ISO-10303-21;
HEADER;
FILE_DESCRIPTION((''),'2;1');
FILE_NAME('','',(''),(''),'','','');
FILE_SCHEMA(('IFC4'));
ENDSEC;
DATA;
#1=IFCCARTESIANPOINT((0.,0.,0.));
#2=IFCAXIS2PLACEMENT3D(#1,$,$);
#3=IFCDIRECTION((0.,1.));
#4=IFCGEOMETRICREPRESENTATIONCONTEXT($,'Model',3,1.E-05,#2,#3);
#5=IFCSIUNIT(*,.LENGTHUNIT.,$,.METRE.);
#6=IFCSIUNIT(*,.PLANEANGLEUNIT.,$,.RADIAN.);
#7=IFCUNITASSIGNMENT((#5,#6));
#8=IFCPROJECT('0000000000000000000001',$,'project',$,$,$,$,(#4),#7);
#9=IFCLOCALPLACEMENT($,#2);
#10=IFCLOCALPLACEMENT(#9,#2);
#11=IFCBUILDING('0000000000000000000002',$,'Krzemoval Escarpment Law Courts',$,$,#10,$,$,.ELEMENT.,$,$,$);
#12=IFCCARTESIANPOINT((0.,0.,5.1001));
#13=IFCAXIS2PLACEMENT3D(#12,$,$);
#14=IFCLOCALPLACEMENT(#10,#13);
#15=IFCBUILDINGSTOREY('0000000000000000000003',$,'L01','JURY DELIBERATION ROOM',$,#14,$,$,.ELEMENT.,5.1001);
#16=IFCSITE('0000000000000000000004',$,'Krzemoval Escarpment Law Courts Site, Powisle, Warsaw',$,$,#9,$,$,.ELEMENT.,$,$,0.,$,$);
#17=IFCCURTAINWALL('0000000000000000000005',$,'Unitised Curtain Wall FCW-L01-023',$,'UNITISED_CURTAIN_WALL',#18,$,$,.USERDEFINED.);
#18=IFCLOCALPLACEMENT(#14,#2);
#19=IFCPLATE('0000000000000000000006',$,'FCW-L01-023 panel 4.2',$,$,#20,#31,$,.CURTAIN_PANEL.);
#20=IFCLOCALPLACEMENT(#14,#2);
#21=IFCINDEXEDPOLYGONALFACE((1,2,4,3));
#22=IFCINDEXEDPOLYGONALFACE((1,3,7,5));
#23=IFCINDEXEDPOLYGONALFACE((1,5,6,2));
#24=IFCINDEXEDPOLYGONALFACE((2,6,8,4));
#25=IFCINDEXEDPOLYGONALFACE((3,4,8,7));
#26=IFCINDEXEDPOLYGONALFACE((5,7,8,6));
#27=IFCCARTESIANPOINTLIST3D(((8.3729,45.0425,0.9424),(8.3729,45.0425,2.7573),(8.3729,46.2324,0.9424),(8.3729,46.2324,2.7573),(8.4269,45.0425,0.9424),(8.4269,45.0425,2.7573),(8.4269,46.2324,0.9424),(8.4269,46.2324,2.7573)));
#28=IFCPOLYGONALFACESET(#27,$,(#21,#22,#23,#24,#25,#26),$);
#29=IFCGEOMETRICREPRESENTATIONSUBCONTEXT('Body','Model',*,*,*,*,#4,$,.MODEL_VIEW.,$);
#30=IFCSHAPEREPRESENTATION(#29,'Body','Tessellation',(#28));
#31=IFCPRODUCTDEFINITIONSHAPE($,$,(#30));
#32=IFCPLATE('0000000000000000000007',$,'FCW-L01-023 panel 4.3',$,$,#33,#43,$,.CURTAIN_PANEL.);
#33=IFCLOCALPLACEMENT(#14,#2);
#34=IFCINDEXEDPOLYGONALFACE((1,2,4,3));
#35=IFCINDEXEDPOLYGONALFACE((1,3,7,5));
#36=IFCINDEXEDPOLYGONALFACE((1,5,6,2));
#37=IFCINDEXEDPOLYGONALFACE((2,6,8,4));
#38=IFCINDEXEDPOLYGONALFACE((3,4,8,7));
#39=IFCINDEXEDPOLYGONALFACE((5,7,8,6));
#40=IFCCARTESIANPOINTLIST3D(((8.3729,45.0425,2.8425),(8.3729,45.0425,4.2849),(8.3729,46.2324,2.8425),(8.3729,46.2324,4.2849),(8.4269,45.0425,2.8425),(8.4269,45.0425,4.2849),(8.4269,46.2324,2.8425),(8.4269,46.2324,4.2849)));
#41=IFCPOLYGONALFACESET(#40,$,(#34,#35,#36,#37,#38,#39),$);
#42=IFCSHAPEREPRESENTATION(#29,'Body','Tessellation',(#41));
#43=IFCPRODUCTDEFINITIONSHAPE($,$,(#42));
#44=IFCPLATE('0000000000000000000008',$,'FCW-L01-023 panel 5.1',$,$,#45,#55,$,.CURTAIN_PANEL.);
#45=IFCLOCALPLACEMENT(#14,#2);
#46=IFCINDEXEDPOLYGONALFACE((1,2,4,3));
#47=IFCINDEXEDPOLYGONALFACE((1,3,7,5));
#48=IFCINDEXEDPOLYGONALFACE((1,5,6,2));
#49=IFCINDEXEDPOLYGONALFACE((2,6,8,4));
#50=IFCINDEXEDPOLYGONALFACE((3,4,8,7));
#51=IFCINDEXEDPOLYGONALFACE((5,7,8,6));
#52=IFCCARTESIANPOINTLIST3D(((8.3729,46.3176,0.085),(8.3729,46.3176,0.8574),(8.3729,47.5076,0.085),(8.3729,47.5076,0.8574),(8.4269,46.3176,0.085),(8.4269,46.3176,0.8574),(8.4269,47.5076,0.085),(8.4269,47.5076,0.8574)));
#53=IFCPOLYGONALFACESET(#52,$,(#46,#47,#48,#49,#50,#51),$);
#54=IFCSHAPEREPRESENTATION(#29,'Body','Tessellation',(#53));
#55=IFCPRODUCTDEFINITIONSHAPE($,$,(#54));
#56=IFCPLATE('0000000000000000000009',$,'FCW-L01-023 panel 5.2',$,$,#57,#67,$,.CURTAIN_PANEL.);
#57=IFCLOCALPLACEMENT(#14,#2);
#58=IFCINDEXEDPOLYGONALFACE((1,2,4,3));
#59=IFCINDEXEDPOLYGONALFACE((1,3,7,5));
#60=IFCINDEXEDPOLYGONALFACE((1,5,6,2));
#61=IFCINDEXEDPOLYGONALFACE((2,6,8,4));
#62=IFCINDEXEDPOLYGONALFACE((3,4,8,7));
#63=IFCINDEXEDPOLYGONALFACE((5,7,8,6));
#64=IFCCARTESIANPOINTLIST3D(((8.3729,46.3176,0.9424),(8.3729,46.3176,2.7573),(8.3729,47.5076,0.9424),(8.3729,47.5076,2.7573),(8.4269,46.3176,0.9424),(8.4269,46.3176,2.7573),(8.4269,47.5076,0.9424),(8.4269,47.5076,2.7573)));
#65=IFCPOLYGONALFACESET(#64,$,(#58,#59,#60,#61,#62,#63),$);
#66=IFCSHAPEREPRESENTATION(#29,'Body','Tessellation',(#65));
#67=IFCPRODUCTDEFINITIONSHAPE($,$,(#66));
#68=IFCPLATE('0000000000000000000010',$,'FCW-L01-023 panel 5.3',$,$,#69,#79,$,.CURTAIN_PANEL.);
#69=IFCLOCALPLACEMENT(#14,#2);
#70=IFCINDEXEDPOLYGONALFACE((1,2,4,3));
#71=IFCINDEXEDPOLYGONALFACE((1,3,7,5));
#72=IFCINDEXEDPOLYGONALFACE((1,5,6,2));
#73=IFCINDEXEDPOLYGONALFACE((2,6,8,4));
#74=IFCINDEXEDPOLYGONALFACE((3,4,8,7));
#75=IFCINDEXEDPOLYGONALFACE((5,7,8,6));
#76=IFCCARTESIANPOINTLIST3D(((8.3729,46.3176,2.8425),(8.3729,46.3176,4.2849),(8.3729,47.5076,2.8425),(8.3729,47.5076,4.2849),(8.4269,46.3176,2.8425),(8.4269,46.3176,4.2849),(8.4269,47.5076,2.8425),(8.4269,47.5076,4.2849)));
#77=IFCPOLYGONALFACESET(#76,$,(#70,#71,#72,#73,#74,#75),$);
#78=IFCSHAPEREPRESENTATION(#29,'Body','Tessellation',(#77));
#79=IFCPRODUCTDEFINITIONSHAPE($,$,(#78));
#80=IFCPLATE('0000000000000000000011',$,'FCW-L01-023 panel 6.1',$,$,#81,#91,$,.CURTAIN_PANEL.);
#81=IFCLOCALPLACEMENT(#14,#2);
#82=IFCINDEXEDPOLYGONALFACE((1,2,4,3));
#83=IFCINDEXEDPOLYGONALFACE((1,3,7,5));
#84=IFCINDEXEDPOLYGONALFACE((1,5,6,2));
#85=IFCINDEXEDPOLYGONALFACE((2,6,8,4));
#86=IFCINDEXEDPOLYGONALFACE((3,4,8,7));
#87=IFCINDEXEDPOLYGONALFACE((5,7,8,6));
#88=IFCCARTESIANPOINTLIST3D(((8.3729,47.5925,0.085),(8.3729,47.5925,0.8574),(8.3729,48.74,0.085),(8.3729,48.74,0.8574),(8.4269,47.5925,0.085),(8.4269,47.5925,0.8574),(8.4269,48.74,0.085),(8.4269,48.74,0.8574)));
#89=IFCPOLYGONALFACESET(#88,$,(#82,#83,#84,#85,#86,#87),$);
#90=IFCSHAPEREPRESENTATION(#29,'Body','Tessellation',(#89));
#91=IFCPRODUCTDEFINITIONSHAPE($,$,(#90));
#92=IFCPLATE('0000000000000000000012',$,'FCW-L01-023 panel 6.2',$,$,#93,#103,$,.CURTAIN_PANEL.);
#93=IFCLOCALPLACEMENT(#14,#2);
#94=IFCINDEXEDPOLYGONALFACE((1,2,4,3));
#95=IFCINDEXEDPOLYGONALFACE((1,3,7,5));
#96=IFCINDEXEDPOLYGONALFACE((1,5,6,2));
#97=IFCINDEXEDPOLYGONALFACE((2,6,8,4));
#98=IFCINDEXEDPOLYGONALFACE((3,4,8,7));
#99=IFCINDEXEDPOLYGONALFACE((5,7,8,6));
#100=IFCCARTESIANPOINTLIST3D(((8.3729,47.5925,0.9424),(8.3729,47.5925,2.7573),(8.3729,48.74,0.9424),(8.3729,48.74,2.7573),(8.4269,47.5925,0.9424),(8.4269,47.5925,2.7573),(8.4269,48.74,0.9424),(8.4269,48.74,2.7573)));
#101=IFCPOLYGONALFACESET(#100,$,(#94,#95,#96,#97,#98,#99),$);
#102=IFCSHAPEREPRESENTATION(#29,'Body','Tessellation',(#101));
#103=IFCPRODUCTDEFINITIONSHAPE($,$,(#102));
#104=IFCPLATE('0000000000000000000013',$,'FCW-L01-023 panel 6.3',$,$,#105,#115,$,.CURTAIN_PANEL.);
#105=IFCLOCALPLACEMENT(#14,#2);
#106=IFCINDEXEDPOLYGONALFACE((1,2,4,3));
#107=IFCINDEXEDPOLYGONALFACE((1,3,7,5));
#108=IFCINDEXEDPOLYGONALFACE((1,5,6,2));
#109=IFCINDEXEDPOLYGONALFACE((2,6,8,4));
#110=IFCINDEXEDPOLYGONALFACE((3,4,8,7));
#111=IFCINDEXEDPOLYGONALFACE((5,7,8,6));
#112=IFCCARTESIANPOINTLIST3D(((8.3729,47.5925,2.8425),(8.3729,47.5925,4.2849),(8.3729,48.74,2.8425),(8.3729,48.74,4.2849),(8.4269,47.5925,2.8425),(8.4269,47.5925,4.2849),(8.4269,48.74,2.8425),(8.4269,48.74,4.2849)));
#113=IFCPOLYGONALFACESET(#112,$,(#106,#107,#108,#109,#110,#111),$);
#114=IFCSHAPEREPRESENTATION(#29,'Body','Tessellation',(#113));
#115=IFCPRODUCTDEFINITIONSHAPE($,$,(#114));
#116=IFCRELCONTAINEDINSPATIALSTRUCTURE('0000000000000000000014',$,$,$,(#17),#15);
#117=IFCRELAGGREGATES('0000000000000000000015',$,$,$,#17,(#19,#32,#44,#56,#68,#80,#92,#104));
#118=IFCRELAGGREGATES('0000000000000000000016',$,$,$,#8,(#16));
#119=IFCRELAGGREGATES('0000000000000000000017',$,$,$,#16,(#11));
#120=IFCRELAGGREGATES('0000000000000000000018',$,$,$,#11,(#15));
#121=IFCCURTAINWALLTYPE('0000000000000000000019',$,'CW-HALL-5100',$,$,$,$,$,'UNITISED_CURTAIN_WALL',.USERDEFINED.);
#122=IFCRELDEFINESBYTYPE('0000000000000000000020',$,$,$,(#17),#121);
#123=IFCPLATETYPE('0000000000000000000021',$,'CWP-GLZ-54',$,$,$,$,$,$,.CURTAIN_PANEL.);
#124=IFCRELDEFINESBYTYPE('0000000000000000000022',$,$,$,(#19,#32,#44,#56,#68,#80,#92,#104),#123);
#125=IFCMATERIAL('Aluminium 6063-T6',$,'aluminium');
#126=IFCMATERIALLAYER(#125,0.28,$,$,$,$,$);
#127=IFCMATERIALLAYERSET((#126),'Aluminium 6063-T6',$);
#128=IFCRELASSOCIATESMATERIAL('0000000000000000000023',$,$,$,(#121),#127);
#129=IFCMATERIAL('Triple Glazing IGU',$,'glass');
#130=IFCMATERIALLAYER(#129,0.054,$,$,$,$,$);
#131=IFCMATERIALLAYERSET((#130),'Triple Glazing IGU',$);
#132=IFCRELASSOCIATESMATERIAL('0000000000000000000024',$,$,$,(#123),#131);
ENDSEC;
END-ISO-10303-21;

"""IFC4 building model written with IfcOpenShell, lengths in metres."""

from ifc_helpers import new_model, si_unit, direction, frame, origin, origin_2d, place, context, subcontext, project, spatial, rectangle, extrude, material, layer, layer_set, type_object, element, aggregate, save


model = new_model("IFC4")

# Units and contexts
model_context = context("Model", 3, precision=1e-05, world=origin(), true_north=direction((0.0, 1.0)))
body_context = subcontext(model_context, "Body", "Model", "MODEL_VIEW")
ifc_project = project(units=[si_unit("LENGTHUNIT", "METRE"), si_unit("PLANEANGLEUNIT", "RADIAN")], contexts=[model_context])

# Site, building, storey
site_placement = place(None, origin())
site = spatial("IfcSite", under=ifc_project, at=site_placement, Name="Krzemoval Escarpment Law Courts Site, Powisle, Warsaw", CompositionType="ELEMENT", RefElevation=0.0)
building_placement = place(site_placement, origin())
building = spatial("IfcBuilding", under=site, at=building_placement, Name="Krzemoval Escarpment Law Courts", CompositionType="ELEMENT")
storey_placement = place(building_placement, frame((0.0, 0.0, 5.1001)))
storey = spatial("IfcBuildingStorey", under=building, at=storey_placement, Name="L01", Description="JURY DELIBERATION ROOM", CompositionType="ELEMENT", Elevation=5.1001)

# Curtain wall
ifc_material_1 = material(Name="Aluminium 6063-T6", Category="aluminium")
ifc_layer_1 = layer(ifc_material_1, 0.28)
ifc_layer_set_1 = layer_set([ifc_layer_1], Name="Aluminium 6063-T6")
curtain_wall_type = type_object("IfcCurtainWallType", Name="CW-HALL-5100", ElementType="UNITISED_CURTAIN_WALL", PredefinedType="USERDEFINED", material=ifc_layer_set_1)
curtain_wall_placement = place(storey_placement, origin())
curtain_wall = element("IfcCurtainWall", 1, at=curtain_wall_placement, inside=storey, type_object=curtain_wall_type, Name="Unitised Curtain Wall FCW-L01-023", ObjectType="UNITISED_CURTAIN_WALL", PredefinedType="USERDEFINED")

# Plates
ifc_material_2 = material(Name="Triple Glazing IGU", Category="glass")
ifc_layer_2 = layer(ifc_material_2, 0.054)
ifc_layer_set_2 = layer_set([ifc_layer_2], Name="Triple Glazing IGU")
plate_type = type_object("IfcPlateType", Name="CWP-GLZ-54", PredefinedType="CURTAIN_PANEL", material=ifc_layer_set_2)
plate_1_placement = place(storey_placement, frame((8.3999, 45.6375, 0.9424), z_axis=(0.0, 0.0, 1.0), x_axis=(0.0, 1.0, 0.0)))
plate_1 = element("IfcPlate", 2, at=plate_1_placement, type_object=plate_type, Name="FCW-L01-023 panel 4.2", PredefinedType="CURTAIN_PANEL", context=body_context, shape_type="SweptSolid", body=[
    extrude(rectangle(XDim=1.1899, YDim=0.054, at=origin_2d()), origin(), (0.0, 0.0, 1.0), 1.8149),
])
plate_2_placement = place(storey_placement, frame((8.3999, 45.6375, 2.8425), z_axis=(0.0, 0.0, 1.0), x_axis=(0.0, 1.0, 0.0)))
plate_2 = element("IfcPlate", 3, at=plate_2_placement, type_object=plate_type, Name="FCW-L01-023 panel 4.3", PredefinedType="CURTAIN_PANEL", context=body_context, shape_type="SweptSolid", body=[
    extrude(rectangle(XDim=1.1899, YDim=0.054, at=origin_2d()), origin(), (0.0, 0.0, 1.0), 1.4424),
])
plate_3_placement = place(storey_placement, frame((8.3999, 46.9126, 0.085), z_axis=(0.0, 0.0, 1.0), x_axis=(0.0, 1.0, 0.0)))
plate_3 = element("IfcPlate", 4, at=plate_3_placement, type_object=plate_type, Name="FCW-L01-023 panel 5.1", PredefinedType="CURTAIN_PANEL", context=body_context, shape_type="SweptSolid", body=[
    extrude(rectangle(XDim=1.1899, YDim=0.054, at=origin_2d()), origin(), (0.0, 0.0, 1.0), 0.7725),
])
plate_4_placement = place(storey_placement, frame((8.3999, 46.9126, 0.9424), z_axis=(0.0, 0.0, 1.0), x_axis=(0.0, 1.0, 0.0)))
plate_4 = element("IfcPlate", 5, at=plate_4_placement, type_object=plate_type, Name="FCW-L01-023 panel 5.2", PredefinedType="CURTAIN_PANEL", context=body_context, shape_type="SweptSolid", body=[
    extrude(rectangle(XDim=1.1899, YDim=0.054, at=origin_2d()), origin(), (0.0, 0.0, 1.0), 1.8149),
])
plate_5_placement = place(storey_placement, frame((8.3999, 46.9126, 2.8425), z_axis=(0.0, 0.0, 1.0), x_axis=(0.0, 1.0, 0.0)))
plate_5 = element("IfcPlate", 6, at=plate_5_placement, type_object=plate_type, Name="FCW-L01-023 panel 5.3", PredefinedType="CURTAIN_PANEL", context=body_context, shape_type="SweptSolid", body=[
    extrude(rectangle(XDim=1.1899, YDim=0.054, at=origin_2d()), origin(), (0.0, 0.0, 1.0), 1.4424),
])
plate_6_placement = place(storey_placement, frame((8.3999, 48.1663, 0.085), z_axis=(0.0, 0.0, 1.0), x_axis=(0.0, 1.0, 0.0)))
plate_6 = element("IfcPlate", 7, at=plate_6_placement, type_object=plate_type, Name="FCW-L01-023 panel 6.1", PredefinedType="CURTAIN_PANEL", context=body_context, shape_type="SweptSolid", body=[
    extrude(rectangle(XDim=1.1475, YDim=0.054, at=origin_2d()), origin(), (0.0, 0.0, 1.0), 0.7725),
])
plate_7_placement = place(storey_placement, frame((8.3999, 48.1663, 0.9424), z_axis=(0.0, 0.0, 1.0), x_axis=(0.0, 1.0, 0.0)))
plate_7 = element("IfcPlate", 8, at=plate_7_placement, type_object=plate_type, Name="FCW-L01-023 panel 6.2", PredefinedType="CURTAIN_PANEL", context=body_context, shape_type="SweptSolid", body=[
    extrude(rectangle(XDim=1.1475, YDim=0.054, at=origin_2d()), origin(), (0.0, 0.0, 1.0), 1.8149),
])
plate_8_placement = place(storey_placement, frame((8.3999, 48.1663, 2.8425), z_axis=(0.0, 0.0, 1.0), x_axis=(0.0, 1.0, 0.0)))
plate_8 = element("IfcPlate", 9, at=plate_8_placement, type_object=plate_type, Name="FCW-L01-023 panel 6.3", PredefinedType="CURTAIN_PANEL", context=body_context, shape_type="SweptSolid", body=[
    extrude(rectangle(XDim=1.1475, YDim=0.054, at=origin_2d()), origin(), (0.0, 0.0, 1.0), 1.4424),
])
aggregate(curtain_wall, [plate_1, plate_2, plate_3, plate_4, plate_5, plate_6, plate_7, plate_8])

save(model, "model.ifc")
